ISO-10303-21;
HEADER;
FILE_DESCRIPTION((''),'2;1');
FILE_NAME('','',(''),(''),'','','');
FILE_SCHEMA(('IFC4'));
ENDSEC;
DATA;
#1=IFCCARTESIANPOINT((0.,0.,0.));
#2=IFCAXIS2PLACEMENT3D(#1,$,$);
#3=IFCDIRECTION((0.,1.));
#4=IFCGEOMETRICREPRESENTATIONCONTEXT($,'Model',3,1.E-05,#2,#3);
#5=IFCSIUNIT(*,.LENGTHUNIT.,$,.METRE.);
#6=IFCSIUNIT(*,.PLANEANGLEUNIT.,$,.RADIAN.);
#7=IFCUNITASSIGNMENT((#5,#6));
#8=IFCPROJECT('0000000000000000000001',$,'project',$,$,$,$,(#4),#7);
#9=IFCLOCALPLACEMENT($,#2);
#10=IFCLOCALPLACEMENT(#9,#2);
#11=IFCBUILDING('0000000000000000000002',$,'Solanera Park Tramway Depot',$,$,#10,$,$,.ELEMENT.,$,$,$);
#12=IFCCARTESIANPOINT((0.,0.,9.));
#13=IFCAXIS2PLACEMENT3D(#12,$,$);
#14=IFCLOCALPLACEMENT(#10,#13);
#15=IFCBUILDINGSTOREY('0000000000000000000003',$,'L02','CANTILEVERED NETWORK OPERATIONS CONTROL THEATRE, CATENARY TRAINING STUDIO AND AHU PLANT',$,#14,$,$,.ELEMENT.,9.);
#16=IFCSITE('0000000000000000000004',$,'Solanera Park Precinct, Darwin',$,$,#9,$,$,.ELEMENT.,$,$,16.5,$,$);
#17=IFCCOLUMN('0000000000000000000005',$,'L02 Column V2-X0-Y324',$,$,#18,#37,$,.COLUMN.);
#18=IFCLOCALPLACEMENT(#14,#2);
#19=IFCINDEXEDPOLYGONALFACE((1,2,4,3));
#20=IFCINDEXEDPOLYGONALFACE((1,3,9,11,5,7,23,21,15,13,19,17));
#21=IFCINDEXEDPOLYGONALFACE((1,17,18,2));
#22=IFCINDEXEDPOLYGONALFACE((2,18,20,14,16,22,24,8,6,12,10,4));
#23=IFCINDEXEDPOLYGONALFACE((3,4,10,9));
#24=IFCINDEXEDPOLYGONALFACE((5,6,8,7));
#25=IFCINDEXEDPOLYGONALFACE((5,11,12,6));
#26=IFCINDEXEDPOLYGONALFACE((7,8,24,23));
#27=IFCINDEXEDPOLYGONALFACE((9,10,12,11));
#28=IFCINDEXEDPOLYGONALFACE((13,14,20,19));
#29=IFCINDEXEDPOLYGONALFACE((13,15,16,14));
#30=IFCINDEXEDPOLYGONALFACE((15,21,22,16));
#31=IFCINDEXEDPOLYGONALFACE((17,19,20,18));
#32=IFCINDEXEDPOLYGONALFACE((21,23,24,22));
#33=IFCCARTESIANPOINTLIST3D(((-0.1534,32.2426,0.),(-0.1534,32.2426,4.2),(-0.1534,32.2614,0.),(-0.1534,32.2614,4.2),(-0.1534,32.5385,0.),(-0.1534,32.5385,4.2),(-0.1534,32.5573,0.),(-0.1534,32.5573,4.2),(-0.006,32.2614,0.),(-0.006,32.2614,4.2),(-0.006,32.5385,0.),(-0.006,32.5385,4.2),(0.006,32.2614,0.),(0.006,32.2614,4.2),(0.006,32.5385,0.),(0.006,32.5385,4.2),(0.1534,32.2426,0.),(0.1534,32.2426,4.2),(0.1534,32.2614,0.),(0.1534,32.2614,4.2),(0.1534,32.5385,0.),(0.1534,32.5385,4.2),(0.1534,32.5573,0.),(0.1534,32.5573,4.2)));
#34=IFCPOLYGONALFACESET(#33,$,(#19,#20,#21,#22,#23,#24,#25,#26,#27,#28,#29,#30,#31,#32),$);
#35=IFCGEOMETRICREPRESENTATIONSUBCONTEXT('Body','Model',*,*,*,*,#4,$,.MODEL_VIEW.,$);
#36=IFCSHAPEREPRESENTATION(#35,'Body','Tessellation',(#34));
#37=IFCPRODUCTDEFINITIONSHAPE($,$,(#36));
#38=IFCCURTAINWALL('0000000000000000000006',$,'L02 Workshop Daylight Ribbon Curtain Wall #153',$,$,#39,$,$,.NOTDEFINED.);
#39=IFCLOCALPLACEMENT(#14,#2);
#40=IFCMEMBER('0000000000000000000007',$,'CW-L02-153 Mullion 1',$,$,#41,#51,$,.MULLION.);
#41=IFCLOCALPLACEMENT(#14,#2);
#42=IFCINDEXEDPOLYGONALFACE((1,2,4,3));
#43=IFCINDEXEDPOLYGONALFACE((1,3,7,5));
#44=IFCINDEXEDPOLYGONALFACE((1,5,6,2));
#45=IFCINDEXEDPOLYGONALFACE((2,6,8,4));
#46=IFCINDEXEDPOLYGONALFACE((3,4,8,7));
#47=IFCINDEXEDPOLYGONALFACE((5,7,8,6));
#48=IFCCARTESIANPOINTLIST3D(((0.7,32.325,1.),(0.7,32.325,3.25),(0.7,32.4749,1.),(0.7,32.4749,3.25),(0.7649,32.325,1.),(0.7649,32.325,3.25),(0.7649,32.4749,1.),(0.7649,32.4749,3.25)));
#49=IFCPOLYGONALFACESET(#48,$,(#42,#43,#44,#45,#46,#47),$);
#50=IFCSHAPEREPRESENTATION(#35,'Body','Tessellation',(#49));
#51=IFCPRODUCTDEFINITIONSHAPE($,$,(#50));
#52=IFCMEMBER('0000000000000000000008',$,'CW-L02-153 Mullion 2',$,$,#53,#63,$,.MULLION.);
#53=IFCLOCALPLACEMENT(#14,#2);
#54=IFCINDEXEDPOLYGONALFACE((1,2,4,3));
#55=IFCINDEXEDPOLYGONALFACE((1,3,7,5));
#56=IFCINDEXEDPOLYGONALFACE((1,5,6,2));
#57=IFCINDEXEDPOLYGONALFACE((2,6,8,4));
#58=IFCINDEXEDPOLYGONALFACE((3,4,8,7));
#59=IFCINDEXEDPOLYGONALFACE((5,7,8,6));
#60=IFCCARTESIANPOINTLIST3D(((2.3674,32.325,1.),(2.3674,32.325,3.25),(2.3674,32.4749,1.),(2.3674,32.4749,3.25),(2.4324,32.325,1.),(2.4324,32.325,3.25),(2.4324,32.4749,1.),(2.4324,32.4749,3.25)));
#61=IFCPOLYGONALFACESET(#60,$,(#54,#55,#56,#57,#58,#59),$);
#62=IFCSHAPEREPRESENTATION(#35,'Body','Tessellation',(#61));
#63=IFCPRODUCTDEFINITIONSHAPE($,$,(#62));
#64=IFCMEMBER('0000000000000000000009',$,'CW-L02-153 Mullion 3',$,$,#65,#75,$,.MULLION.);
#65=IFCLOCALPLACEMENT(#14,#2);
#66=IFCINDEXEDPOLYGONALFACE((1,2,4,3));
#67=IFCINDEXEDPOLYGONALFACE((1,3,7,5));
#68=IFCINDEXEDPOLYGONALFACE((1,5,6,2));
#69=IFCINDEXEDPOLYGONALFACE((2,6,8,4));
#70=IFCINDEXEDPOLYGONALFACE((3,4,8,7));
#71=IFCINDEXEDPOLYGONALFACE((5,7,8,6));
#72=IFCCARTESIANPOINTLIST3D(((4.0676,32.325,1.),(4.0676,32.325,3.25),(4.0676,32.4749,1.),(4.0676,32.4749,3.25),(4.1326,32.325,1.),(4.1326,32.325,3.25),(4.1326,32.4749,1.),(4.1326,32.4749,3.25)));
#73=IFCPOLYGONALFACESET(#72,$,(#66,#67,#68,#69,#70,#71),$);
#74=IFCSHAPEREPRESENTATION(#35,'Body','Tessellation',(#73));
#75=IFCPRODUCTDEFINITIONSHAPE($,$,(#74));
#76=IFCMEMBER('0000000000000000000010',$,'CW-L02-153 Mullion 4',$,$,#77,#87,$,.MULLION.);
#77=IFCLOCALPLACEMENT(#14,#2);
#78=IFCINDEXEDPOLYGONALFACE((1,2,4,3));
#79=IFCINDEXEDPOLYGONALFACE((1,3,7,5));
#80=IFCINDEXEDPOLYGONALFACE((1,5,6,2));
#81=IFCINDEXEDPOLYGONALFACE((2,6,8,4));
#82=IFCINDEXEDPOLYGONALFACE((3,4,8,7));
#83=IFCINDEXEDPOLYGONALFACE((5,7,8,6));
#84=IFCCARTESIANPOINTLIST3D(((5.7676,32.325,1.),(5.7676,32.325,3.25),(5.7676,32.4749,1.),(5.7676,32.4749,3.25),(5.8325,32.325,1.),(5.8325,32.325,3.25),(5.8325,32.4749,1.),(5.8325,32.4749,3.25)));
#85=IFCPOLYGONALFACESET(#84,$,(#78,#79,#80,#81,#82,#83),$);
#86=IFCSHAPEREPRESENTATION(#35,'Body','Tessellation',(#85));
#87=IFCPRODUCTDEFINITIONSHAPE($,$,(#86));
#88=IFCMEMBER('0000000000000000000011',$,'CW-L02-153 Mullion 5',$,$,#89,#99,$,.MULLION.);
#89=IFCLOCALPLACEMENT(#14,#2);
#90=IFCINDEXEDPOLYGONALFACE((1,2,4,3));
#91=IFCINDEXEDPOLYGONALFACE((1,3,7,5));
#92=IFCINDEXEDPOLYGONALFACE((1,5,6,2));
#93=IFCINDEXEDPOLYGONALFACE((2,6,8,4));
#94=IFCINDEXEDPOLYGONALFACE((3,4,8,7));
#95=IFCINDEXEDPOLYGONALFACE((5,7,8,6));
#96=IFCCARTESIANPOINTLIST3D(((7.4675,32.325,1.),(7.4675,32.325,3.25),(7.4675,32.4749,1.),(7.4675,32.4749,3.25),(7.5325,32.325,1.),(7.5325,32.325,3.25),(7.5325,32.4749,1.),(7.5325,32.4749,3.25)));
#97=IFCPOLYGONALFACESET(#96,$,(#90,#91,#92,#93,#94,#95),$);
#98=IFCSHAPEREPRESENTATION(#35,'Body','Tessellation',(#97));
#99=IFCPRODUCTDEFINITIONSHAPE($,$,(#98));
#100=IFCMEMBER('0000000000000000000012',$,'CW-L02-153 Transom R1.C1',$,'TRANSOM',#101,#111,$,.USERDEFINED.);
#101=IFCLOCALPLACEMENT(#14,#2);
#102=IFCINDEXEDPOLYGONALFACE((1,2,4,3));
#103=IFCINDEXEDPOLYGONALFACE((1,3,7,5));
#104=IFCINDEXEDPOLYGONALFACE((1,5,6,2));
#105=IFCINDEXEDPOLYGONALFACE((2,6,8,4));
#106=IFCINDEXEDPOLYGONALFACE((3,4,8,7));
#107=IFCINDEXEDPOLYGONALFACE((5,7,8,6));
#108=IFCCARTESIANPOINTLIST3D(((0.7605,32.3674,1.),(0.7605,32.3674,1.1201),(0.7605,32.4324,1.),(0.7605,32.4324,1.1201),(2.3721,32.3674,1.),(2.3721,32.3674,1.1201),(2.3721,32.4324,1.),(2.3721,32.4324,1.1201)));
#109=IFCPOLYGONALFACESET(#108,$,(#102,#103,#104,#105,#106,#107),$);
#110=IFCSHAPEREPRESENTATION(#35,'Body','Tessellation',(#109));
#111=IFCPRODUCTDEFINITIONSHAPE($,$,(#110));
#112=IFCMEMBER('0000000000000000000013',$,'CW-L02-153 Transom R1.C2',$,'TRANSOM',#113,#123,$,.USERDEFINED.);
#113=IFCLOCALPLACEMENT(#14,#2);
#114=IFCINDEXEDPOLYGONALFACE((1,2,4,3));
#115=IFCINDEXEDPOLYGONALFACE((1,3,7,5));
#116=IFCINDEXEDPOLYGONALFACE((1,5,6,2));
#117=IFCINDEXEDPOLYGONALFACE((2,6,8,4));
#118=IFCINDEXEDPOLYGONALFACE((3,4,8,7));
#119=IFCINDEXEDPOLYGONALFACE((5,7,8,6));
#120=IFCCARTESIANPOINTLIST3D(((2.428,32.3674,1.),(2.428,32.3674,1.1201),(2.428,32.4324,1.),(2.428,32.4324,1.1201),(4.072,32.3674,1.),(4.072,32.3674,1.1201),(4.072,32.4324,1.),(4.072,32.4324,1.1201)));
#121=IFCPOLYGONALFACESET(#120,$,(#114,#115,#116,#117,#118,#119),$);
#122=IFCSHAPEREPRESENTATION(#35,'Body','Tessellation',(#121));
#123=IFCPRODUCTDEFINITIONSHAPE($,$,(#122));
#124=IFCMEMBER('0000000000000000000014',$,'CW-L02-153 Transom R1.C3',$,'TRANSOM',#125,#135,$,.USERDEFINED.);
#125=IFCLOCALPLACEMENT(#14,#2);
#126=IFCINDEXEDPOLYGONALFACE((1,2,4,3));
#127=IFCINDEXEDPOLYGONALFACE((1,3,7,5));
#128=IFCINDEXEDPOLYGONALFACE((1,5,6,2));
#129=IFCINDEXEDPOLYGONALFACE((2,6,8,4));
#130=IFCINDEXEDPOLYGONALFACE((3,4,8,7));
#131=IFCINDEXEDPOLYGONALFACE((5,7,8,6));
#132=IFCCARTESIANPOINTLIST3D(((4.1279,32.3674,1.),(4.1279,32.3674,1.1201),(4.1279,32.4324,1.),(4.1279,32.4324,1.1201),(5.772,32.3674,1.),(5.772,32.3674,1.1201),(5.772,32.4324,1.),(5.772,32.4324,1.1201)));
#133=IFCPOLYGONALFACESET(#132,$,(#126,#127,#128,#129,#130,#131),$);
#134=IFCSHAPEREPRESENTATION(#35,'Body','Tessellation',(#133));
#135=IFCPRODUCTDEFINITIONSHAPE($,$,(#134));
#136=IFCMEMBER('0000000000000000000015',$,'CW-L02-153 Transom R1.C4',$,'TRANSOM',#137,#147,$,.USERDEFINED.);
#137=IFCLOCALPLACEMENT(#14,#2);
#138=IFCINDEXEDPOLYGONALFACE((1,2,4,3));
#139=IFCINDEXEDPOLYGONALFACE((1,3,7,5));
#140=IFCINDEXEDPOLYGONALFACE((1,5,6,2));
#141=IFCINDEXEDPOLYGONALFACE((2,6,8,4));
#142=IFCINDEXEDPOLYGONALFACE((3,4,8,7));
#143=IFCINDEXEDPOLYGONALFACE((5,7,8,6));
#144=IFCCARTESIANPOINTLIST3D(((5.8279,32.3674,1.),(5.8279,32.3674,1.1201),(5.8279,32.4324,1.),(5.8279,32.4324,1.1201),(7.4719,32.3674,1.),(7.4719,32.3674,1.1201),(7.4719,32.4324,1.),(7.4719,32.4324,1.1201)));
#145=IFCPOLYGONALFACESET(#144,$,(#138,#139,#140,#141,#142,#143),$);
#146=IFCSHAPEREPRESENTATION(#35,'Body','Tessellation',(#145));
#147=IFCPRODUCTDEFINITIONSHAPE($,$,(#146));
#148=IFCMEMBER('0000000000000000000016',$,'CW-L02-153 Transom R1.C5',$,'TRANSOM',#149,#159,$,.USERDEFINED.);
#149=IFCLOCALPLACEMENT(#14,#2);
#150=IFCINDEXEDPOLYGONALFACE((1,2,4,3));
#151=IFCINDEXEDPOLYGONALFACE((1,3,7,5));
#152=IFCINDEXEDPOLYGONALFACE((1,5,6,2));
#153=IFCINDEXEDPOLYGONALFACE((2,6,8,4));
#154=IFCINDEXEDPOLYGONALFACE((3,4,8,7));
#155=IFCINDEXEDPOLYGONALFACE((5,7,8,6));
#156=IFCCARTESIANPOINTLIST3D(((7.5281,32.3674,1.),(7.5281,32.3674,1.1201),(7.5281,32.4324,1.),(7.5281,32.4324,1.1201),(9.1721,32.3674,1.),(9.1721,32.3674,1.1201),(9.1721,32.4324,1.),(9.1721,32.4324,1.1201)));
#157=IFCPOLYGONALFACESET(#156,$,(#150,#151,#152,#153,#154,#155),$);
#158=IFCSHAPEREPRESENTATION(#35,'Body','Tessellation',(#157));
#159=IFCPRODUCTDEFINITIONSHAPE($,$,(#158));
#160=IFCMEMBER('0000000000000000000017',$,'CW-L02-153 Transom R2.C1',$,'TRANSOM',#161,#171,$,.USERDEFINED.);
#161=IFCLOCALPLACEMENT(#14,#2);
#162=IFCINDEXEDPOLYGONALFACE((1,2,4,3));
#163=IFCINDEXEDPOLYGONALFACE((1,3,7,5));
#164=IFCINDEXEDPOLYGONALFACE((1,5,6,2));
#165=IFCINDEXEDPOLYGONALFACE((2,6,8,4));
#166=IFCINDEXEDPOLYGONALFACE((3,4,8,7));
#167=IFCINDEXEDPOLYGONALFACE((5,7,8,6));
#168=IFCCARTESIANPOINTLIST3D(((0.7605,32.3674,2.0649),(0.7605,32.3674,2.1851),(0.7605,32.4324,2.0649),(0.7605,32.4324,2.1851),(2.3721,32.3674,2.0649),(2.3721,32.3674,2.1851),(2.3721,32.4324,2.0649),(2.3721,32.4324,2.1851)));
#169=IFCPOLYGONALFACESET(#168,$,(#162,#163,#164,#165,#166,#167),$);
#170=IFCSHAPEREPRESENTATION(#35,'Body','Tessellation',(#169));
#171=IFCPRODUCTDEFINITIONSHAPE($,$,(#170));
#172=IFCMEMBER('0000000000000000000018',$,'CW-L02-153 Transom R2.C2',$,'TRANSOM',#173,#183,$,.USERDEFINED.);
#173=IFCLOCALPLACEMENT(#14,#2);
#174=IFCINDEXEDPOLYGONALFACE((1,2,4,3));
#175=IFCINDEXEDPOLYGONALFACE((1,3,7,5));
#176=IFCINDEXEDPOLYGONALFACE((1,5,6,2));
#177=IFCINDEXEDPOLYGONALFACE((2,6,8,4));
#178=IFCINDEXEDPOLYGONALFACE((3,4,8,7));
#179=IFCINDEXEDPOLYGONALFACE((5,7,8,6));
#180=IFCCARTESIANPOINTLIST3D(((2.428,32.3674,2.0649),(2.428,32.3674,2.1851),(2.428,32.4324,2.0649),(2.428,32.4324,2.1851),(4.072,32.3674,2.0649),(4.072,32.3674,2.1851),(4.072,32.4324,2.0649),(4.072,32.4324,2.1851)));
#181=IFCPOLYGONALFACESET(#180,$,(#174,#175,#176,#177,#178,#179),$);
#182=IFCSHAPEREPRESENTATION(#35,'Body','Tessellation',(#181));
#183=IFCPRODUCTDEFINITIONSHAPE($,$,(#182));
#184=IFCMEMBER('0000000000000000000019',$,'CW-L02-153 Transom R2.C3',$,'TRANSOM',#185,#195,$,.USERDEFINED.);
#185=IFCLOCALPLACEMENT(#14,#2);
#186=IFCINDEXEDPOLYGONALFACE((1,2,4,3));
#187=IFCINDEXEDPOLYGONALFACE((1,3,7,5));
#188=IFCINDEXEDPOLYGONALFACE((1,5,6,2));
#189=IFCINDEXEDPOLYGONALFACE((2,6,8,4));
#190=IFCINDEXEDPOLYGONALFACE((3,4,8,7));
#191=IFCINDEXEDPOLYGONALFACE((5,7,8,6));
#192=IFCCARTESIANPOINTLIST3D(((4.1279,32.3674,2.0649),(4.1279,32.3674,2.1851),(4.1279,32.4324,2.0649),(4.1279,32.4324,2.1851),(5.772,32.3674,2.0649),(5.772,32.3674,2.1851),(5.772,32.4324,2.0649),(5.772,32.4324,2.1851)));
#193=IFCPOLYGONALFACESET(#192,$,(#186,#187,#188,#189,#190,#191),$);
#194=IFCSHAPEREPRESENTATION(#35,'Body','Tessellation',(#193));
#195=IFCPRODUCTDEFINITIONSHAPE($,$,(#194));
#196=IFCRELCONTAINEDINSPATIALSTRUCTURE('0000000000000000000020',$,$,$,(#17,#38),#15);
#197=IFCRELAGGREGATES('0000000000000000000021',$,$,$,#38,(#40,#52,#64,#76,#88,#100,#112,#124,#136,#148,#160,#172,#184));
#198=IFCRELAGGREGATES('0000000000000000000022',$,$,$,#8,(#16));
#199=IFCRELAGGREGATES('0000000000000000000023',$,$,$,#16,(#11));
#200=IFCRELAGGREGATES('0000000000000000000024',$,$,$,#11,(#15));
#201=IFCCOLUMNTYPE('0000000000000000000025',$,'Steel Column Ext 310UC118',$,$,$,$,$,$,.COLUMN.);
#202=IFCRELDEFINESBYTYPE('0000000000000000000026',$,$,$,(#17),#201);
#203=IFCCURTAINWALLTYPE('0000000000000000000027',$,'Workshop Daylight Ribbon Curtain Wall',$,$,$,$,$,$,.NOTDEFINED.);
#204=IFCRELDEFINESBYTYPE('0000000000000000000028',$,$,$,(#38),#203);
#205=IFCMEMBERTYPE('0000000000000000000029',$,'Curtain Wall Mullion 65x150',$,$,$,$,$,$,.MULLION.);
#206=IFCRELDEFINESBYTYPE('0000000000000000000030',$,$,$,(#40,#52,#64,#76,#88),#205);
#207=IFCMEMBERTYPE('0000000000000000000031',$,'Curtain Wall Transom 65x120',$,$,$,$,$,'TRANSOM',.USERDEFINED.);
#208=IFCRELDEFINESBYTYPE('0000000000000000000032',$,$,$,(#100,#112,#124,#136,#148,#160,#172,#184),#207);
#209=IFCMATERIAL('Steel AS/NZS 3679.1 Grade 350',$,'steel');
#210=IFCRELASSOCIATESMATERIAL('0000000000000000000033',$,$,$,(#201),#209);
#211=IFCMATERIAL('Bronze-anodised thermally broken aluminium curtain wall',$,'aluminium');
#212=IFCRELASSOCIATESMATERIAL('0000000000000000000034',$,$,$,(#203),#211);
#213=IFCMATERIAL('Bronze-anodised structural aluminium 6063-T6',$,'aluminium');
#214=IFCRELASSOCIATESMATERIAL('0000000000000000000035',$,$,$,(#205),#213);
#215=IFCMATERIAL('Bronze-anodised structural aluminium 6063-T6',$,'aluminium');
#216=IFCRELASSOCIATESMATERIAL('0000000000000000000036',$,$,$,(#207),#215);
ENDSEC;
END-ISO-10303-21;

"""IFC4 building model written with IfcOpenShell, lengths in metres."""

from ifc_helpers import new_model, si_unit, direction, frame, origin, origin_2d, place, context, subcontext, project, spatial, rectangle, i_section, extrude, material, material_profile, profile_set, type_object, element, aggregate, save


model = new_model("IFC4")

# Units and contexts
model_context = context("Model", 3, precision=1e-05, world=origin(), true_north=direction((0.0, 1.0)))
body_context = subcontext(model_context, "Body", "Model", "MODEL_VIEW")
ifc_project = project(units=[si_unit("LENGTHUNIT", "METRE"), si_unit("PLANEANGLEUNIT", "RADIAN")], contexts=[model_context])

# Site, building, storey
site_placement = place(None, origin())
site = spatial("IfcSite", under=ifc_project, at=site_placement, Name="Solanera Park Precinct, Darwin", CompositionType="ELEMENT", RefElevation=16.5)
building_placement = place(site_placement, origin())
building = spatial("IfcBuilding", under=site, at=building_placement, Name="Solanera Park Tramway Depot", CompositionType="ELEMENT")
storey_placement = place(building_placement, frame((0.0, 0.0, 9.0)))
storey = spatial("IfcBuildingStorey", under=building, at=storey_placement, Name="L02", Description="CANTILEVERED NETWORK OPERATIONS CONTROL THEATRE, CATENARY TRAINING STUDIO AND AHU PLANT", CompositionType="ELEMENT", Elevation=9.0)

# Column
ifc_material_1 = material(Name="Steel AS/NZS 3679.1 Grade 350", Category="steel")
ifc_material_profile_1 = material_profile(ifc_material_1, i_section(OverallWidth=0.3069, OverallDepth=0.3147, WebThickness=0.012, FlangeThickness=0.0188, at=origin_2d()), Name="310UC118")
ifc_profile_set_1 = profile_set([ifc_material_profile_1], Name="Steel AS/NZS 3679.1 Grade 350")
column_type = type_object("IfcColumnType", Name="Steel Column Ext 310UC118", PredefinedType="COLUMN", material=ifc_profile_set_1)
column_placement = place(storey_placement, frame((0.0, 32.3999, 0.0), z_axis=(0.0, 0.0, 1.0), x_axis=(1.0, 0.0, 0.0)))
element("IfcColumn", 1, at=column_placement, inside=storey, type_object=column_type, Name="L02 Column V2-X0-Y324", PredefinedType="COLUMN", context=body_context, shape_type="SweptSolid", body=[
    extrude(i_section(OverallWidth=0.3069, OverallDepth=0.3147, WebThickness=0.012, FlangeThickness=0.0188, at=origin_2d()), origin(), (0.0, 0.0, 1.0), 4.2),
])

# Curtain wall, members
ifc_material_2 = material(Name="Bronze-anodised thermally broken aluminium curtain wall", Category="aluminium")
curtain_wall_type = type_object("IfcCurtainWallType", Name="Workshop Daylight Ribbon Curtain Wall", PredefinedType="NOTDEFINED", material=ifc_material_2)
curtain_wall_placement = place(storey_placement, origin())
curtain_wall = element("IfcCurtainWall", 2, at=curtain_wall_placement, inside=storey, type_object=curtain_wall_type, Name="L02 Workshop Daylight Ribbon Curtain Wall #153", PredefinedType="NOTDEFINED")
ifc_material_3 = material(Name="Bronze-anodised structural aluminium 6063-T6", Category="aluminium")
ifc_material_profile_2 = material_profile(ifc_material_3, rectangle(XDim=0.0649, YDim=0.1499, at=origin_2d()), Name="Curtain Wall Mullion 65x150")
ifc_profile_set_2 = profile_set([ifc_material_profile_2], Name="Bronze-anodised structural aluminium 6063-T6")
member_type_1 = type_object("IfcMemberType", Name="Curtain Wall Mullion 65x150", PredefinedType="MULLION", material=ifc_profile_set_2)
member_1_placement = place(storey_placement, frame((0.7324, 32.3999, 1.0), z_axis=(0.0, 0.0, 1.0), x_axis=(1.0, 0.0, 0.0)))
member_1 = element("IfcMember", 3, at=member_1_placement, type_object=member_type_1, Name="CW-L02-153 Mullion 1", PredefinedType="MULLION", context=body_context, shape_type="SweptSolid", body=[
    extrude(rectangle(XDim=0.0649, YDim=0.1499, at=origin_2d()), origin(), (0.0, 0.0, 1.0), 2.25),
])
member_2_placement = place(storey_placement, frame((2.3999, 32.3999, 1.0), z_axis=(0.0, 0.0, 1.0), x_axis=(1.0, 0.0, 0.0)))
member_2 = element("IfcMember", 4, at=member_2_placement, type_object=member_type_1, Name="CW-L02-153 Mullion 2", PredefinedType="MULLION", context=body_context, shape_type="SweptSolid", body=[
    extrude(rectangle(XDim=0.0649, YDim=0.1499, at=origin_2d()), origin(), (0.0, 0.0, 1.0), 2.25),
])
member_3_placement = place(storey_placement, frame((4.1001, 32.3999, 1.0), z_axis=(0.0, 0.0, 1.0), x_axis=(1.0, 0.0, 0.0)))
member_3 = element("IfcMember", 5, at=member_3_placement, type_object=member_type_1, Name="CW-L02-153 Mullion 3", PredefinedType="MULLION", context=body_context, shape_type="SweptSolid", body=[
    extrude(rectangle(XDim=0.0649, YDim=0.1499, at=origin_2d()), origin(), (0.0, 0.0, 1.0), 2.25),
])
member_4_placement = place(storey_placement, frame((5.8, 32.3999, 1.0), z_axis=(0.0, 0.0, 1.0), x_axis=(1.0, 0.0, 0.0)))
member_4 = element("IfcMember", 6, at=member_4_placement, type_object=member_type_1, Name="CW-L02-153 Mullion 4", PredefinedType="MULLION", context=body_context, shape_type="SweptSolid", body=[
    extrude(rectangle(XDim=0.0649, YDim=0.1499, at=origin_2d()), origin(), (0.0, 0.0, 1.0), 2.25),
])
member_5_placement = place(storey_placement, frame((7.5, 32.3999, 1.0), z_axis=(0.0, 0.0, 1.0), x_axis=(1.0, 0.0, 0.0)))
member_5 = element("IfcMember", 7, at=member_5_placement, type_object=member_type_1, Name="CW-L02-153 Mullion 5", PredefinedType="MULLION", context=body_context, shape_type="SweptSolid", body=[
    extrude(rectangle(XDim=0.0649, YDim=0.1499, at=origin_2d()), origin(), (0.0, 0.0, 1.0), 2.25),
])
ifc_material_4 = material(Name="Bronze-anodised structural aluminium 6063-T6", Category="aluminium")
ifc_material_profile_3 = material_profile(ifc_material_4, rectangle(XDim=0.0649, YDim=0.1201, at=origin_2d()), Name="Curtain Wall Transom 65x120")
ifc_profile_set_3 = profile_set([ifc_material_profile_3], Name="Bronze-anodised structural aluminium 6063-T6")
member_type_2 = type_object("IfcMemberType", Name="Curtain Wall Transom 65x120", ElementType="TRANSOM", PredefinedType="USERDEFINED", material=ifc_profile_set_3)
member_6_placement = place(storey_placement, frame((0.7605, 32.3999, 1.0601), z_axis=(1.0, 0.0, 0.0), x_axis=(0.0, 1.0, 0.0)))
member_6 = element("IfcMember", 8, at=member_6_placement, type_object=member_type_2, Name="CW-L02-153 Transom R1.C1", ObjectType="TRANSOM", PredefinedType="USERDEFINED", context=body_context, shape_type="SweptSolid", body=[
    extrude(rectangle(XDim=0.0649, YDim=0.1201, at=origin_2d()), origin(), (0.0, 0.0, 1.0), 1.6116),
])
member_7_placement = place(storey_placement, frame((2.428, 32.3999, 1.0601), z_axis=(1.0, 0.0, 0.0), x_axis=(0.0, 1.0, 0.0)))
member_7 = element("IfcMember", 9, at=member_7_placement, type_object=member_type_2, Name="CW-L02-153 Transom R1.C2", ObjectType="TRANSOM", PredefinedType="USERDEFINED", context=body_context, shape_type="SweptSolid", body=[
    extrude(rectangle(XDim=0.0649, YDim=0.1201, at=origin_2d()), origin(), (0.0, 0.0, 1.0), 1.644),
])
member_8_placement = place(storey_placement, frame((4.1279, 32.3999, 1.0601), z_axis=(1.0, 0.0, 0.0), x_axis=(0.0, 1.0, 0.0)))
member_8 = element("IfcMember", 10, at=member_8_placement, type_object=member_type_2, Name="CW-L02-153 Transom R1.C3", ObjectType="TRANSOM", PredefinedType="USERDEFINED", context=body_context, shape_type="SweptSolid", body=[
    extrude(rectangle(XDim=0.0649, YDim=0.1201, at=origin_2d()), origin(), (0.0, 0.0, 1.0), 1.644),
])
member_9_placement = place(storey_placement, frame((5.8279, 32.3999, 1.0601), z_axis=(1.0, 0.0, 0.0), x_axis=(0.0, 1.0, 0.0)))
member_9 = element("IfcMember", 11, at=member_9_placement, type_object=member_type_2, Name="CW-L02-153 Transom R1.C4", ObjectType="TRANSOM", PredefinedType="USERDEFINED", context=body_context, shape_type="SweptSolid", body=[
    extrude(rectangle(XDim=0.0649, YDim=0.1201, at=origin_2d()), origin(), (0.0, 0.0, 1.0), 1.644),
])
member_10_placement = place(storey_placement, frame((7.5281, 32.3999, 1.0601), z_axis=(1.0, 0.0, 0.0), x_axis=(0.0, 1.0, 0.0)))
member_10 = element("IfcMember", 12, at=member_10_placement, type_object=member_type_2, Name="CW-L02-153 Transom R1.C5", ObjectType="TRANSOM", PredefinedType="USERDEFINED", context=body_context, shape_type="SweptSolid", body=[
    extrude(rectangle(XDim=0.0649, YDim=0.1201, at=origin_2d()), origin(), (0.0, 0.0, 1.0), 1.644),
])
member_11_placement = place(storey_placement, frame((0.7605, 32.3999, 2.125), z_axis=(1.0, 0.0, 0.0), x_axis=(0.0, 1.0, 0.0)))
member_11 = element("IfcMember", 13, at=member_11_placement, type_object=member_type_2, Name="CW-L02-153 Transom R2.C1", ObjectType="TRANSOM", PredefinedType="USERDEFINED", context=body_context, shape_type="SweptSolid", body=[
    extrude(rectangle(XDim=0.0649, YDim=0.1201, at=origin_2d()), origin(), (0.0, 0.0, 1.0), 1.6116),
])
member_12_placement = place(storey_placement, frame((2.428, 32.3999, 2.125), z_axis=(1.0, 0.0, 0.0), x_axis=(0.0, 1.0, 0.0)))
member_12 = element("IfcMember", 14, at=member_12_placement, type_object=member_type_2, Name="CW-L02-153 Transom R2.C2", ObjectType="TRANSOM", PredefinedType="USERDEFINED", context=body_context, shape_type="SweptSolid", body=[
    extrude(rectangle(XDim=0.0649, YDim=0.1201, at=origin_2d()), origin(), (0.0, 0.0, 1.0), 1.644),
])
member_13_placement = place(storey_placement, frame((4.1279, 32.3999, 2.125), z_axis=(1.0, 0.0, 0.0), x_axis=(0.0, 1.0, 0.0)))
member_13 = element("IfcMember", 15, at=member_13_placement, type_object=member_type_2, Name="CW-L02-153 Transom R2.C3", ObjectType="TRANSOM", PredefinedType="USERDEFINED", context=body_context, shape_type="SweptSolid", body=[
    extrude(rectangle(XDim=0.0649, YDim=0.1201, at=origin_2d()), origin(), (0.0, 0.0, 1.0), 1.644),
])
aggregate(curtain_wall, [member_1, member_2, member_3, member_4, member_5, member_6, member_7, member_8, member_9, member_10, member_11, member_12, member_13])

save(model, "model.ifc")
